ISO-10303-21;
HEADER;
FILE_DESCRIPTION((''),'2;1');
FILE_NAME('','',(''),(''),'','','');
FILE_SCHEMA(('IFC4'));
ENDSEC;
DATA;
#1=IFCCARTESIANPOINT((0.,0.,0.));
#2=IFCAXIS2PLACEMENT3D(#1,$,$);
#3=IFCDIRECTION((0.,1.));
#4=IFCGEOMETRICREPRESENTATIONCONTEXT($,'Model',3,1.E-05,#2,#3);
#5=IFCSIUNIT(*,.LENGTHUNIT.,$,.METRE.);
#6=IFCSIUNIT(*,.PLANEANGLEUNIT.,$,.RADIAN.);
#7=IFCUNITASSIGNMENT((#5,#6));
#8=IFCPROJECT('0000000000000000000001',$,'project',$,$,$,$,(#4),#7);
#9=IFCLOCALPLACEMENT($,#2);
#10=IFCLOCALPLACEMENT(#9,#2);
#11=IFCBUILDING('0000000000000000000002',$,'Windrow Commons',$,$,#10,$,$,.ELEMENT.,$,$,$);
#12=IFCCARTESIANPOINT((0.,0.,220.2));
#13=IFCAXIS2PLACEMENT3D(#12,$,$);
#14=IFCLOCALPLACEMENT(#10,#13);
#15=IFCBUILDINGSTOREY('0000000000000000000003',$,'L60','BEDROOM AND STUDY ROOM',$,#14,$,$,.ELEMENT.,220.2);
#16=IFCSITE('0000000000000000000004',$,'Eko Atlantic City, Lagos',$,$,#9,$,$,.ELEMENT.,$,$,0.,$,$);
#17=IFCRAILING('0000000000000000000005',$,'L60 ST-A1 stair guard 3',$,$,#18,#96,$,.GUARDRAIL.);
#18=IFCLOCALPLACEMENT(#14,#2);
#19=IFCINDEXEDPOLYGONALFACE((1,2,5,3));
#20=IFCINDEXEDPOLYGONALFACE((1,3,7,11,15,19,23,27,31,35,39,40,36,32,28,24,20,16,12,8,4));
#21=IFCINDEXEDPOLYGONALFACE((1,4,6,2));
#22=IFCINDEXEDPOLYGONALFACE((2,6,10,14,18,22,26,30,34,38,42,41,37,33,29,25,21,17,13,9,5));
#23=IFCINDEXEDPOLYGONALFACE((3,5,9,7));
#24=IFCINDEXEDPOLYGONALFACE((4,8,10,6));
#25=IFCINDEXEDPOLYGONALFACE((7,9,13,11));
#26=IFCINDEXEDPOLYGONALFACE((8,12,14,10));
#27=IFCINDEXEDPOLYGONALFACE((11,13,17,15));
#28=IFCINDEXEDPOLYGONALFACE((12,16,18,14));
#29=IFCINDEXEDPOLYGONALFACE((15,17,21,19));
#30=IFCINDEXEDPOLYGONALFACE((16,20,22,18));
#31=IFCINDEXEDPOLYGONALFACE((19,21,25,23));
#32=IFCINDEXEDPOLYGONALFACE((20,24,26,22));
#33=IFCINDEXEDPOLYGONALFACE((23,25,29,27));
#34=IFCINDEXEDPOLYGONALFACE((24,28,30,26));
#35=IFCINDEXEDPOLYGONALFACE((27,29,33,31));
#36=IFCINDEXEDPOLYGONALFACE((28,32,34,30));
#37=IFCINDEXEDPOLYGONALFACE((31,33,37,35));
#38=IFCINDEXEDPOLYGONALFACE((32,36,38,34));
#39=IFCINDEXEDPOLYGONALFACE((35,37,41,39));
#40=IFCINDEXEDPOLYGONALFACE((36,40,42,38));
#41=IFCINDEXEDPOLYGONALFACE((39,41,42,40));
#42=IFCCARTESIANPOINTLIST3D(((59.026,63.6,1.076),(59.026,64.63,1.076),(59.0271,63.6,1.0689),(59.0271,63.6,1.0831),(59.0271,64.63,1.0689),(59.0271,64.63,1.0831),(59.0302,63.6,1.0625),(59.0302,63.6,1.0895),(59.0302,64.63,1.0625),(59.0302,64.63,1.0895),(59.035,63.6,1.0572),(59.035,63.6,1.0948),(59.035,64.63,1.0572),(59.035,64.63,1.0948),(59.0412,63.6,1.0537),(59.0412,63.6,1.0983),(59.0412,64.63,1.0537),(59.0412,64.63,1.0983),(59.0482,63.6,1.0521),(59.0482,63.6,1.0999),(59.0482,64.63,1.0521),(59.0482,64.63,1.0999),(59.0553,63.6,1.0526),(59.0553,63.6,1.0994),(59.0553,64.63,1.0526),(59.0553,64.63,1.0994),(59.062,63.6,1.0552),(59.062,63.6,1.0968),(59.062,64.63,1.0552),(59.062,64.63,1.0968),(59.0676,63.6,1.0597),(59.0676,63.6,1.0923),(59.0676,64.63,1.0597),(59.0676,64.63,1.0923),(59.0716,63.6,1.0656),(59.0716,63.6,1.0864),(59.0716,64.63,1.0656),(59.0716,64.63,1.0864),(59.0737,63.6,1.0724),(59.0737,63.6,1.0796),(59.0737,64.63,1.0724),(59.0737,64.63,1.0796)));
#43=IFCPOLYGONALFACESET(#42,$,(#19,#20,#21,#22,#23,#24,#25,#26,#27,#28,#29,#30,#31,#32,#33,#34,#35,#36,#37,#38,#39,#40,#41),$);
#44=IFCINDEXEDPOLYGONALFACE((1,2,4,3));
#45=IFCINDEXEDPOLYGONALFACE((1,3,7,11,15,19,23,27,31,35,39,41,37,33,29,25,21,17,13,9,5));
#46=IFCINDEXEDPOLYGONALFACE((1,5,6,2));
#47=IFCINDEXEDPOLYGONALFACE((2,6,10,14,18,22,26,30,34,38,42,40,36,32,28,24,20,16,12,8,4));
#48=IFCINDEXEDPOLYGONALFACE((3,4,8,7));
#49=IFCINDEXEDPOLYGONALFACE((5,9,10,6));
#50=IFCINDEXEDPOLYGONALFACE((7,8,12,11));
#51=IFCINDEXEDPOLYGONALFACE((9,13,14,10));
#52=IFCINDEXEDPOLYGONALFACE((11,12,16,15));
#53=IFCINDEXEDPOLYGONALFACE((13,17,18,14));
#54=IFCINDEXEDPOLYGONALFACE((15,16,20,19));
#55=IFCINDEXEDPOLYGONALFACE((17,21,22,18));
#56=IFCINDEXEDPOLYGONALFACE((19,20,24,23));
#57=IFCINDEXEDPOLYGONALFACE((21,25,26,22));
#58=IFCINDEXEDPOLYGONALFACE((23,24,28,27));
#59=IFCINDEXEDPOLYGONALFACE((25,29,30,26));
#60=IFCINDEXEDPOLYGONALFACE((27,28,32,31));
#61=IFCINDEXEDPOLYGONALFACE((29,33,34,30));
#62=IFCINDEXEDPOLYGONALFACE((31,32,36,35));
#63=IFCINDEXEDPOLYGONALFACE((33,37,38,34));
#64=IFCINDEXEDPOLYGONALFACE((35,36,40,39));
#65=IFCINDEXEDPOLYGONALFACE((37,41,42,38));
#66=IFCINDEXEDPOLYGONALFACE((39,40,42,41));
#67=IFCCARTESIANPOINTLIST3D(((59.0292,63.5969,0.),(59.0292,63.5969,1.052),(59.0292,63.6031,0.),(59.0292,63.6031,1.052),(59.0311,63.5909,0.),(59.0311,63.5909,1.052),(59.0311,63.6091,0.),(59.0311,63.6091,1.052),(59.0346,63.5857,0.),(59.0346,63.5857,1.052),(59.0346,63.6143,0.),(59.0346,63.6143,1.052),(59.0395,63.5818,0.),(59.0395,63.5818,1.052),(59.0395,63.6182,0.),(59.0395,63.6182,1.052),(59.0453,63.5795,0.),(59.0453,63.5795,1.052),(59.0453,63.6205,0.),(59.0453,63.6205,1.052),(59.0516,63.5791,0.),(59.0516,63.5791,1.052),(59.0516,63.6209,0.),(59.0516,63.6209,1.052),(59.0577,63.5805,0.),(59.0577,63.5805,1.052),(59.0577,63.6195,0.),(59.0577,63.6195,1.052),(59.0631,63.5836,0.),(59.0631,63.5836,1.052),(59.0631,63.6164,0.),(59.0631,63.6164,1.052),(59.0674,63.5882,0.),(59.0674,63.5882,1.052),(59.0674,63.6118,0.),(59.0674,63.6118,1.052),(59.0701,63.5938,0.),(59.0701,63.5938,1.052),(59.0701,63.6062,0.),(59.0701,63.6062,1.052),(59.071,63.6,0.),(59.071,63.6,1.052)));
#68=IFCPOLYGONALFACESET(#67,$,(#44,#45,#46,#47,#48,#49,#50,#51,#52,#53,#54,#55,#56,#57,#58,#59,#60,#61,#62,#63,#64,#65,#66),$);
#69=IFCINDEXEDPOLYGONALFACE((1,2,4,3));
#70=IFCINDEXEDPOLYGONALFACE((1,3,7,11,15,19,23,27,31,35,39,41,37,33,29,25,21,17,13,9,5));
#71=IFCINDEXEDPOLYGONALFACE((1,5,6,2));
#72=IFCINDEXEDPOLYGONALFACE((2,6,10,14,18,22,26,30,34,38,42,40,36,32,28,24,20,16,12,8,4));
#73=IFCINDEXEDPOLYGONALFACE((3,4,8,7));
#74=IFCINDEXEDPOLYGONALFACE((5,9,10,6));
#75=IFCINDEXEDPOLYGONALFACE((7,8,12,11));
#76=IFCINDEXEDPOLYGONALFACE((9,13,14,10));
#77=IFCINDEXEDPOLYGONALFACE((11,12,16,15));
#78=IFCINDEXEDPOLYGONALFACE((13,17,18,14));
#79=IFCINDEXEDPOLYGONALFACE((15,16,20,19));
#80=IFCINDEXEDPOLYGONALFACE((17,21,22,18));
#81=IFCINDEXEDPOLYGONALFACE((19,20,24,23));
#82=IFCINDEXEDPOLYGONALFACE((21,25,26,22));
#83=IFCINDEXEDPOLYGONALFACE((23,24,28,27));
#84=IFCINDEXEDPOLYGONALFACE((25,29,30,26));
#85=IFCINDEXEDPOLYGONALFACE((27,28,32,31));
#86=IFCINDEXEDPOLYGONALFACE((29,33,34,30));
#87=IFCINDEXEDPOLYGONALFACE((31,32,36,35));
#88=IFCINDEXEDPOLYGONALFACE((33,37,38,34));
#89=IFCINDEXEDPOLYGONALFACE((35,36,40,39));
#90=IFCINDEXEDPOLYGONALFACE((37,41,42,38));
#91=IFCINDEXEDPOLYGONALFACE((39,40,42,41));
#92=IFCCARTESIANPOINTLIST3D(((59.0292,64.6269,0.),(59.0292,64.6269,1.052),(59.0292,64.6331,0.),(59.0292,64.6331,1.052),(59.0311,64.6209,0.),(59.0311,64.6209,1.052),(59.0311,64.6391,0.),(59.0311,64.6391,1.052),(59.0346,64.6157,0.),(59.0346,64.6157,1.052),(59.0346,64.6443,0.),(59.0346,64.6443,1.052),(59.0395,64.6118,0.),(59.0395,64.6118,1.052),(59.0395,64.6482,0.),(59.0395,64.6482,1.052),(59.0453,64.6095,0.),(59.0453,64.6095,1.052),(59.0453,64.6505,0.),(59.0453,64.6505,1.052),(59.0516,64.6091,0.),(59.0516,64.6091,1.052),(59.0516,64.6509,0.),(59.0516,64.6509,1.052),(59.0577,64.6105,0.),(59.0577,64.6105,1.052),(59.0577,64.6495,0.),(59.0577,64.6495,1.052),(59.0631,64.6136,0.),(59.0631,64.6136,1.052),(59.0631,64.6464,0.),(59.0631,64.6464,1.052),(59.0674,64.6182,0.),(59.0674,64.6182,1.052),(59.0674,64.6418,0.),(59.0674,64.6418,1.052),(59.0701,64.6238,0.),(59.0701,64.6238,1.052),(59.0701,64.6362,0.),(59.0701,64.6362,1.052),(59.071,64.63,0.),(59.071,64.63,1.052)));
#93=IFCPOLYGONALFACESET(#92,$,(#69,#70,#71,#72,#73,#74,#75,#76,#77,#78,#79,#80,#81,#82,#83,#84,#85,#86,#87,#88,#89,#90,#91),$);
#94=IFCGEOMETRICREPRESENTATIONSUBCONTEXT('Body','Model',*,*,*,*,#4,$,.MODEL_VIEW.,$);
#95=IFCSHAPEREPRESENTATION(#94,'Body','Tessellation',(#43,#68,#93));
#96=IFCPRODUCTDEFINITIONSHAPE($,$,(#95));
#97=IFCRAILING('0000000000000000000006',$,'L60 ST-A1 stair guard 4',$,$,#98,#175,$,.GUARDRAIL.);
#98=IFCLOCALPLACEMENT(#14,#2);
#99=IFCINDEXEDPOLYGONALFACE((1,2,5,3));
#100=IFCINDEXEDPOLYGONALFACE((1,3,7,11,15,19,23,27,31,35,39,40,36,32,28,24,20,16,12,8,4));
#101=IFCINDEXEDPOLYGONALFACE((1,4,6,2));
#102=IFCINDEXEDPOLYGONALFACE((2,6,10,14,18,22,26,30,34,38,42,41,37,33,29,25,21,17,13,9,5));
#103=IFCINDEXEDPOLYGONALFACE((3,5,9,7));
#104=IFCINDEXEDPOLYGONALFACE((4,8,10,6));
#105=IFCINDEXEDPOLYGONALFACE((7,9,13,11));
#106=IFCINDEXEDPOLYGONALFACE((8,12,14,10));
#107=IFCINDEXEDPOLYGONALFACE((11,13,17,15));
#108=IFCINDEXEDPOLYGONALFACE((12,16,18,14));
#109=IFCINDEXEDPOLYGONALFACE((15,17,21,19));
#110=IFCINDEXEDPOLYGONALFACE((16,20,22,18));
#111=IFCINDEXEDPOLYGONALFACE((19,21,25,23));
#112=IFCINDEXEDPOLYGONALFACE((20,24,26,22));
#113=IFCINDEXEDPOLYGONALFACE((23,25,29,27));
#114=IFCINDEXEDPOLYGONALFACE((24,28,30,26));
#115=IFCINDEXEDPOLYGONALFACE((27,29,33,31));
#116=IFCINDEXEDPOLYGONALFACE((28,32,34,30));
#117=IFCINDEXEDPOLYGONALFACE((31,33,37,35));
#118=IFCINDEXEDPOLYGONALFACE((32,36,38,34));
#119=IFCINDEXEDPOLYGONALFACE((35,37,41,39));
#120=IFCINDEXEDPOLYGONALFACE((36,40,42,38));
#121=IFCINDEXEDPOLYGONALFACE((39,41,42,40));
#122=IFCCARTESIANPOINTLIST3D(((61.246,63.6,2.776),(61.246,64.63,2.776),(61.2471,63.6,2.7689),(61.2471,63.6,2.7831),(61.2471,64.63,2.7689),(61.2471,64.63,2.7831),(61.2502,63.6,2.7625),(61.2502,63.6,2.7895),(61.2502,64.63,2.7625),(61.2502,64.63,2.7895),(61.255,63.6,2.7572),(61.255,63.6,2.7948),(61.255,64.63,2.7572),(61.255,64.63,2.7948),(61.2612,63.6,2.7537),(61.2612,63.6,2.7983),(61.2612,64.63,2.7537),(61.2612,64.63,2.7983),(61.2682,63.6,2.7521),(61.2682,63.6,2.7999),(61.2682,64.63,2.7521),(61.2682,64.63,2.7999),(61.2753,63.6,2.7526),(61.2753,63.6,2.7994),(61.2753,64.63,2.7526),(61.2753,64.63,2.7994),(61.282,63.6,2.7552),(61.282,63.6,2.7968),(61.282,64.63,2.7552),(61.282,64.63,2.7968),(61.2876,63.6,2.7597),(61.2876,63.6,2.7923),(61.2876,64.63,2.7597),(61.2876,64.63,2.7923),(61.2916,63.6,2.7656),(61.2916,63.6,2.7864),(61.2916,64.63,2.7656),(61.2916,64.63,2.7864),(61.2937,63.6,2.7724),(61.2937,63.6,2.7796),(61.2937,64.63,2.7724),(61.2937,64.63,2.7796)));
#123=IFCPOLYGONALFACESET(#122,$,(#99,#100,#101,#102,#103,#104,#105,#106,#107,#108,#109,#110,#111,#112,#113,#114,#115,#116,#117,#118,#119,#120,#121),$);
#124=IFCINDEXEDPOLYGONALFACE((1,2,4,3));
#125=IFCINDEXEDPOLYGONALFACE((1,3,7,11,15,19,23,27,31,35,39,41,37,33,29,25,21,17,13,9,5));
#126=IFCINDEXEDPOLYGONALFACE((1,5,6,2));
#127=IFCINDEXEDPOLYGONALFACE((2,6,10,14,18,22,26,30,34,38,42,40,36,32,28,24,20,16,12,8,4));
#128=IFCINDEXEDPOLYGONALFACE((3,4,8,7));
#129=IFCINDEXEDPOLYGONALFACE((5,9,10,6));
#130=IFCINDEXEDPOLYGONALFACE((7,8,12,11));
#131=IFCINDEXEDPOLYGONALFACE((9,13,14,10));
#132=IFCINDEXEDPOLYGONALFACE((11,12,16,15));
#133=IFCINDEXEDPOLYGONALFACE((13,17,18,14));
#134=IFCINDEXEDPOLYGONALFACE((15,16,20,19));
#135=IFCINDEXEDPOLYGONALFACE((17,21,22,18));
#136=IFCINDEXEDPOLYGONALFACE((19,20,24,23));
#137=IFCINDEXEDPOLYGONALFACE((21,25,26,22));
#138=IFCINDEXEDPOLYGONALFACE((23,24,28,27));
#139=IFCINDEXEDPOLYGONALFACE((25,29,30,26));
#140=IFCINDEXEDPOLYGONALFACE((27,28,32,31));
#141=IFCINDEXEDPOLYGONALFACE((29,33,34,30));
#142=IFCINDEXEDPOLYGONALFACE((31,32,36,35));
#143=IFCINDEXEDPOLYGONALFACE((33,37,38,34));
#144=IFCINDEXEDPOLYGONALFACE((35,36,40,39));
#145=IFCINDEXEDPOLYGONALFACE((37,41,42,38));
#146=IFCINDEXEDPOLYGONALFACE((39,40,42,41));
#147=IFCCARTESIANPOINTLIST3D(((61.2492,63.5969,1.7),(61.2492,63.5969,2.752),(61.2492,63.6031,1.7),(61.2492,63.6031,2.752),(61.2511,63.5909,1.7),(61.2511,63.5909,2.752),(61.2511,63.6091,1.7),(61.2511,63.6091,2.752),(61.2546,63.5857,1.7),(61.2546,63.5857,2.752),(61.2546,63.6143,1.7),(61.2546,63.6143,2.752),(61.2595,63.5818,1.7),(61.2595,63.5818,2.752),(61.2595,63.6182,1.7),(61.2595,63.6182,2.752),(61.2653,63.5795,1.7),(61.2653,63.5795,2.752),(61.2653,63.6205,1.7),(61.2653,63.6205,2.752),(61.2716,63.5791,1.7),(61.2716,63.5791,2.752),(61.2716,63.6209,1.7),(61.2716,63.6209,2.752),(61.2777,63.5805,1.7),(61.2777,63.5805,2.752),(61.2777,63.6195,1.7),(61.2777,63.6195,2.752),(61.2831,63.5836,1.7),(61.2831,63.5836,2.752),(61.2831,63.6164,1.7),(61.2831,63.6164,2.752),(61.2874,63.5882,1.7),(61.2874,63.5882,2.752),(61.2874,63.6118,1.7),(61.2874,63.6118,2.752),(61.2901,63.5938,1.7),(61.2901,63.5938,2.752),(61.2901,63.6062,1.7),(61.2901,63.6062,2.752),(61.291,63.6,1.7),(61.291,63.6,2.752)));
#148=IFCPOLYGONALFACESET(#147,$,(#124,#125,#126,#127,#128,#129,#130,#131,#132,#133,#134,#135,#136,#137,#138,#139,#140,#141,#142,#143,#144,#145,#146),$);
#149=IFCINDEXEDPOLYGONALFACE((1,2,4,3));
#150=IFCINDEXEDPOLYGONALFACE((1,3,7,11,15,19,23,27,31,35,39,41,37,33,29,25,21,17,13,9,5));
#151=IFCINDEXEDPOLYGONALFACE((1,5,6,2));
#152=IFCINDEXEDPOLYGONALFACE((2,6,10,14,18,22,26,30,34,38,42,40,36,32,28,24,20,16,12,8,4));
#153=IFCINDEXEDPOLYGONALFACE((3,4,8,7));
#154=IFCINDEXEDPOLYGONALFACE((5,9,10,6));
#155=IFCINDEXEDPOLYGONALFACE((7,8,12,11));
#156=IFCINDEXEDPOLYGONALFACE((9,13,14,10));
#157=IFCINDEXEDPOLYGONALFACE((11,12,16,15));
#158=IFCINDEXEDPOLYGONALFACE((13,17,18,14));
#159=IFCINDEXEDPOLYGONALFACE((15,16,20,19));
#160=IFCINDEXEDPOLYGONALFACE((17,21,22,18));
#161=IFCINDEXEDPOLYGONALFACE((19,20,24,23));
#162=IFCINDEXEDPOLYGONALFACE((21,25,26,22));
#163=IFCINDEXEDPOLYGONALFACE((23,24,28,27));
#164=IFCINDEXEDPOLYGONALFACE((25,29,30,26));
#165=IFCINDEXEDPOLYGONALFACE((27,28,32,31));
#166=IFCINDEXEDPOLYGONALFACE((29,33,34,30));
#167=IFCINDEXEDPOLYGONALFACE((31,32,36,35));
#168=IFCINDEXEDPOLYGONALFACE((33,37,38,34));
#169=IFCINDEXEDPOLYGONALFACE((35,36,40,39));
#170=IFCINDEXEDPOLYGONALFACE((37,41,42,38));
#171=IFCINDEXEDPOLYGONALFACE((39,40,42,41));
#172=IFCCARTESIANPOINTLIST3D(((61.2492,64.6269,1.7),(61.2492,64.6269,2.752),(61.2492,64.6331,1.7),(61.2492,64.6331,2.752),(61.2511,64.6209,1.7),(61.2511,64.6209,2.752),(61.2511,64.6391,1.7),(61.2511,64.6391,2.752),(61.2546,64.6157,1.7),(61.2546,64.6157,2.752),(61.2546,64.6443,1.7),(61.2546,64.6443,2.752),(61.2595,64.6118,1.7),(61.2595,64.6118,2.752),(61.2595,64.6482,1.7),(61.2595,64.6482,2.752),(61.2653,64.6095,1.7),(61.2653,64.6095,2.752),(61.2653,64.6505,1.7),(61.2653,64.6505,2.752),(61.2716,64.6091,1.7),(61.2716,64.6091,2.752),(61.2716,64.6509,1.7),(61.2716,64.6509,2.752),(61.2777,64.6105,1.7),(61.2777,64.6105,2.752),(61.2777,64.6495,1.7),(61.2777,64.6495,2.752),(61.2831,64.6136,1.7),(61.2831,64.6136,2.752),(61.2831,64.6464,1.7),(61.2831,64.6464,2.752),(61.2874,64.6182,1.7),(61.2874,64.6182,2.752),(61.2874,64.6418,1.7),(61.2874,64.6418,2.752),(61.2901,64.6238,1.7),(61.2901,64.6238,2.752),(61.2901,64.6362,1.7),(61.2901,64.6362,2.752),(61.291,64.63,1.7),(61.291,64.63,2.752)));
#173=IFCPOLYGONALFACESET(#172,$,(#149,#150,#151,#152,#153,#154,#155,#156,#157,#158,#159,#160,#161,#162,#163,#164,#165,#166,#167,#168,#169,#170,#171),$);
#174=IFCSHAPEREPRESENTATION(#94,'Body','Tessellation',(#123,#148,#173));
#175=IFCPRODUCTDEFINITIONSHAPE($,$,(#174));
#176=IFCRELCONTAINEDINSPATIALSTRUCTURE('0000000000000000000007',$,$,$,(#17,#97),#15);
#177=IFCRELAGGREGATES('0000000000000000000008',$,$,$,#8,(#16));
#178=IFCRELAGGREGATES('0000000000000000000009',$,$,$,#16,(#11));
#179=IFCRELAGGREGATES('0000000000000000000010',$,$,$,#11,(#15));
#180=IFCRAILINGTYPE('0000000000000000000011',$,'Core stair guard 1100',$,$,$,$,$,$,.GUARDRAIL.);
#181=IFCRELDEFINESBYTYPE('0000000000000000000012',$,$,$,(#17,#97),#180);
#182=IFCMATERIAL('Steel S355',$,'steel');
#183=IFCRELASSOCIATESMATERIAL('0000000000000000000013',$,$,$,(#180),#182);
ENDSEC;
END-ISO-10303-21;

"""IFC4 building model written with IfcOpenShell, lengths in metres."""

from ifc_helpers import new_model, si_unit, direction, frame, origin, origin_2d, place, context, subcontext, project, spatial, circle, extrude, material, type_object, element, save


model = new_model("IFC4")

# Units and contexts
model_context = context("Model", 3, precision=1e-05, world=origin(), true_north=direction((0.0, 1.0)))
body_context = subcontext(model_context, "Body", "Model", "MODEL_VIEW")
ifc_project = project(units=[si_unit("LENGTHUNIT", "METRE"), si_unit("PLANEANGLEUNIT", "RADIAN")], contexts=[model_context])

# Site, building, storey
site_placement = place(None, origin())
site = spatial("IfcSite", under=ifc_project, at=site_placement, Name="Eko Atlantic City, Lagos", CompositionType="ELEMENT", RefElevation=0.0)
building_placement = place(site_placement, origin())
building = spatial("IfcBuilding", under=site, at=building_placement, Name="Windrow Commons", CompositionType="ELEMENT")
storey_placement = place(building_placement, frame((0.0, 0.0, 220.2)))
storey = spatial("IfcBuildingStorey", under=building, at=storey_placement, Name="L60", Description="BEDROOM AND STUDY ROOM", CompositionType="ELEMENT", Elevation=220.2)

# Railings
ifc_material_1 = material(Name="Steel S355", Category="steel")
railing_type_1 = type_object("IfcRailingType", Name="Core stair guard 1100", PredefinedType="GUARDRAIL", material=ifc_material_1)
for number, where, name in (
    (1, (59.05, 63.6, 0.0), "L60 ST-A1 stair guard 3"),
    (2, (61.27, 63.6, 1.7), "L60 ST-A1 stair guard 4"),
):
    element("IfcRailing", number, at=place(storey_placement, frame(where)), inside=storey, type_object=railing_type_1, Name=name, PredefinedType="GUARDRAIL", context=body_context, shape_type="SweptSolid", body=[
        extrude(circle(Radius=0.024, at=origin_2d()), frame((0.0, 0.0, 1.076), z_axis=(0.0, 1.0, 0.0), x_axis=(-1.0, 0.0, 0.0)), (0.0, 0.0, 1.0), 1.03),
        extrude(circle(Radius=0.021, at=origin_2d()), origin(), (0.0, 0.0, 1.0), 1.052),
        extrude(circle(Radius=0.021, at=origin_2d()), frame((0.0, 1.03, 0.0)), (0.0, 0.0, 1.0), 1.052),
    ])

save(model, "model.ifc")
